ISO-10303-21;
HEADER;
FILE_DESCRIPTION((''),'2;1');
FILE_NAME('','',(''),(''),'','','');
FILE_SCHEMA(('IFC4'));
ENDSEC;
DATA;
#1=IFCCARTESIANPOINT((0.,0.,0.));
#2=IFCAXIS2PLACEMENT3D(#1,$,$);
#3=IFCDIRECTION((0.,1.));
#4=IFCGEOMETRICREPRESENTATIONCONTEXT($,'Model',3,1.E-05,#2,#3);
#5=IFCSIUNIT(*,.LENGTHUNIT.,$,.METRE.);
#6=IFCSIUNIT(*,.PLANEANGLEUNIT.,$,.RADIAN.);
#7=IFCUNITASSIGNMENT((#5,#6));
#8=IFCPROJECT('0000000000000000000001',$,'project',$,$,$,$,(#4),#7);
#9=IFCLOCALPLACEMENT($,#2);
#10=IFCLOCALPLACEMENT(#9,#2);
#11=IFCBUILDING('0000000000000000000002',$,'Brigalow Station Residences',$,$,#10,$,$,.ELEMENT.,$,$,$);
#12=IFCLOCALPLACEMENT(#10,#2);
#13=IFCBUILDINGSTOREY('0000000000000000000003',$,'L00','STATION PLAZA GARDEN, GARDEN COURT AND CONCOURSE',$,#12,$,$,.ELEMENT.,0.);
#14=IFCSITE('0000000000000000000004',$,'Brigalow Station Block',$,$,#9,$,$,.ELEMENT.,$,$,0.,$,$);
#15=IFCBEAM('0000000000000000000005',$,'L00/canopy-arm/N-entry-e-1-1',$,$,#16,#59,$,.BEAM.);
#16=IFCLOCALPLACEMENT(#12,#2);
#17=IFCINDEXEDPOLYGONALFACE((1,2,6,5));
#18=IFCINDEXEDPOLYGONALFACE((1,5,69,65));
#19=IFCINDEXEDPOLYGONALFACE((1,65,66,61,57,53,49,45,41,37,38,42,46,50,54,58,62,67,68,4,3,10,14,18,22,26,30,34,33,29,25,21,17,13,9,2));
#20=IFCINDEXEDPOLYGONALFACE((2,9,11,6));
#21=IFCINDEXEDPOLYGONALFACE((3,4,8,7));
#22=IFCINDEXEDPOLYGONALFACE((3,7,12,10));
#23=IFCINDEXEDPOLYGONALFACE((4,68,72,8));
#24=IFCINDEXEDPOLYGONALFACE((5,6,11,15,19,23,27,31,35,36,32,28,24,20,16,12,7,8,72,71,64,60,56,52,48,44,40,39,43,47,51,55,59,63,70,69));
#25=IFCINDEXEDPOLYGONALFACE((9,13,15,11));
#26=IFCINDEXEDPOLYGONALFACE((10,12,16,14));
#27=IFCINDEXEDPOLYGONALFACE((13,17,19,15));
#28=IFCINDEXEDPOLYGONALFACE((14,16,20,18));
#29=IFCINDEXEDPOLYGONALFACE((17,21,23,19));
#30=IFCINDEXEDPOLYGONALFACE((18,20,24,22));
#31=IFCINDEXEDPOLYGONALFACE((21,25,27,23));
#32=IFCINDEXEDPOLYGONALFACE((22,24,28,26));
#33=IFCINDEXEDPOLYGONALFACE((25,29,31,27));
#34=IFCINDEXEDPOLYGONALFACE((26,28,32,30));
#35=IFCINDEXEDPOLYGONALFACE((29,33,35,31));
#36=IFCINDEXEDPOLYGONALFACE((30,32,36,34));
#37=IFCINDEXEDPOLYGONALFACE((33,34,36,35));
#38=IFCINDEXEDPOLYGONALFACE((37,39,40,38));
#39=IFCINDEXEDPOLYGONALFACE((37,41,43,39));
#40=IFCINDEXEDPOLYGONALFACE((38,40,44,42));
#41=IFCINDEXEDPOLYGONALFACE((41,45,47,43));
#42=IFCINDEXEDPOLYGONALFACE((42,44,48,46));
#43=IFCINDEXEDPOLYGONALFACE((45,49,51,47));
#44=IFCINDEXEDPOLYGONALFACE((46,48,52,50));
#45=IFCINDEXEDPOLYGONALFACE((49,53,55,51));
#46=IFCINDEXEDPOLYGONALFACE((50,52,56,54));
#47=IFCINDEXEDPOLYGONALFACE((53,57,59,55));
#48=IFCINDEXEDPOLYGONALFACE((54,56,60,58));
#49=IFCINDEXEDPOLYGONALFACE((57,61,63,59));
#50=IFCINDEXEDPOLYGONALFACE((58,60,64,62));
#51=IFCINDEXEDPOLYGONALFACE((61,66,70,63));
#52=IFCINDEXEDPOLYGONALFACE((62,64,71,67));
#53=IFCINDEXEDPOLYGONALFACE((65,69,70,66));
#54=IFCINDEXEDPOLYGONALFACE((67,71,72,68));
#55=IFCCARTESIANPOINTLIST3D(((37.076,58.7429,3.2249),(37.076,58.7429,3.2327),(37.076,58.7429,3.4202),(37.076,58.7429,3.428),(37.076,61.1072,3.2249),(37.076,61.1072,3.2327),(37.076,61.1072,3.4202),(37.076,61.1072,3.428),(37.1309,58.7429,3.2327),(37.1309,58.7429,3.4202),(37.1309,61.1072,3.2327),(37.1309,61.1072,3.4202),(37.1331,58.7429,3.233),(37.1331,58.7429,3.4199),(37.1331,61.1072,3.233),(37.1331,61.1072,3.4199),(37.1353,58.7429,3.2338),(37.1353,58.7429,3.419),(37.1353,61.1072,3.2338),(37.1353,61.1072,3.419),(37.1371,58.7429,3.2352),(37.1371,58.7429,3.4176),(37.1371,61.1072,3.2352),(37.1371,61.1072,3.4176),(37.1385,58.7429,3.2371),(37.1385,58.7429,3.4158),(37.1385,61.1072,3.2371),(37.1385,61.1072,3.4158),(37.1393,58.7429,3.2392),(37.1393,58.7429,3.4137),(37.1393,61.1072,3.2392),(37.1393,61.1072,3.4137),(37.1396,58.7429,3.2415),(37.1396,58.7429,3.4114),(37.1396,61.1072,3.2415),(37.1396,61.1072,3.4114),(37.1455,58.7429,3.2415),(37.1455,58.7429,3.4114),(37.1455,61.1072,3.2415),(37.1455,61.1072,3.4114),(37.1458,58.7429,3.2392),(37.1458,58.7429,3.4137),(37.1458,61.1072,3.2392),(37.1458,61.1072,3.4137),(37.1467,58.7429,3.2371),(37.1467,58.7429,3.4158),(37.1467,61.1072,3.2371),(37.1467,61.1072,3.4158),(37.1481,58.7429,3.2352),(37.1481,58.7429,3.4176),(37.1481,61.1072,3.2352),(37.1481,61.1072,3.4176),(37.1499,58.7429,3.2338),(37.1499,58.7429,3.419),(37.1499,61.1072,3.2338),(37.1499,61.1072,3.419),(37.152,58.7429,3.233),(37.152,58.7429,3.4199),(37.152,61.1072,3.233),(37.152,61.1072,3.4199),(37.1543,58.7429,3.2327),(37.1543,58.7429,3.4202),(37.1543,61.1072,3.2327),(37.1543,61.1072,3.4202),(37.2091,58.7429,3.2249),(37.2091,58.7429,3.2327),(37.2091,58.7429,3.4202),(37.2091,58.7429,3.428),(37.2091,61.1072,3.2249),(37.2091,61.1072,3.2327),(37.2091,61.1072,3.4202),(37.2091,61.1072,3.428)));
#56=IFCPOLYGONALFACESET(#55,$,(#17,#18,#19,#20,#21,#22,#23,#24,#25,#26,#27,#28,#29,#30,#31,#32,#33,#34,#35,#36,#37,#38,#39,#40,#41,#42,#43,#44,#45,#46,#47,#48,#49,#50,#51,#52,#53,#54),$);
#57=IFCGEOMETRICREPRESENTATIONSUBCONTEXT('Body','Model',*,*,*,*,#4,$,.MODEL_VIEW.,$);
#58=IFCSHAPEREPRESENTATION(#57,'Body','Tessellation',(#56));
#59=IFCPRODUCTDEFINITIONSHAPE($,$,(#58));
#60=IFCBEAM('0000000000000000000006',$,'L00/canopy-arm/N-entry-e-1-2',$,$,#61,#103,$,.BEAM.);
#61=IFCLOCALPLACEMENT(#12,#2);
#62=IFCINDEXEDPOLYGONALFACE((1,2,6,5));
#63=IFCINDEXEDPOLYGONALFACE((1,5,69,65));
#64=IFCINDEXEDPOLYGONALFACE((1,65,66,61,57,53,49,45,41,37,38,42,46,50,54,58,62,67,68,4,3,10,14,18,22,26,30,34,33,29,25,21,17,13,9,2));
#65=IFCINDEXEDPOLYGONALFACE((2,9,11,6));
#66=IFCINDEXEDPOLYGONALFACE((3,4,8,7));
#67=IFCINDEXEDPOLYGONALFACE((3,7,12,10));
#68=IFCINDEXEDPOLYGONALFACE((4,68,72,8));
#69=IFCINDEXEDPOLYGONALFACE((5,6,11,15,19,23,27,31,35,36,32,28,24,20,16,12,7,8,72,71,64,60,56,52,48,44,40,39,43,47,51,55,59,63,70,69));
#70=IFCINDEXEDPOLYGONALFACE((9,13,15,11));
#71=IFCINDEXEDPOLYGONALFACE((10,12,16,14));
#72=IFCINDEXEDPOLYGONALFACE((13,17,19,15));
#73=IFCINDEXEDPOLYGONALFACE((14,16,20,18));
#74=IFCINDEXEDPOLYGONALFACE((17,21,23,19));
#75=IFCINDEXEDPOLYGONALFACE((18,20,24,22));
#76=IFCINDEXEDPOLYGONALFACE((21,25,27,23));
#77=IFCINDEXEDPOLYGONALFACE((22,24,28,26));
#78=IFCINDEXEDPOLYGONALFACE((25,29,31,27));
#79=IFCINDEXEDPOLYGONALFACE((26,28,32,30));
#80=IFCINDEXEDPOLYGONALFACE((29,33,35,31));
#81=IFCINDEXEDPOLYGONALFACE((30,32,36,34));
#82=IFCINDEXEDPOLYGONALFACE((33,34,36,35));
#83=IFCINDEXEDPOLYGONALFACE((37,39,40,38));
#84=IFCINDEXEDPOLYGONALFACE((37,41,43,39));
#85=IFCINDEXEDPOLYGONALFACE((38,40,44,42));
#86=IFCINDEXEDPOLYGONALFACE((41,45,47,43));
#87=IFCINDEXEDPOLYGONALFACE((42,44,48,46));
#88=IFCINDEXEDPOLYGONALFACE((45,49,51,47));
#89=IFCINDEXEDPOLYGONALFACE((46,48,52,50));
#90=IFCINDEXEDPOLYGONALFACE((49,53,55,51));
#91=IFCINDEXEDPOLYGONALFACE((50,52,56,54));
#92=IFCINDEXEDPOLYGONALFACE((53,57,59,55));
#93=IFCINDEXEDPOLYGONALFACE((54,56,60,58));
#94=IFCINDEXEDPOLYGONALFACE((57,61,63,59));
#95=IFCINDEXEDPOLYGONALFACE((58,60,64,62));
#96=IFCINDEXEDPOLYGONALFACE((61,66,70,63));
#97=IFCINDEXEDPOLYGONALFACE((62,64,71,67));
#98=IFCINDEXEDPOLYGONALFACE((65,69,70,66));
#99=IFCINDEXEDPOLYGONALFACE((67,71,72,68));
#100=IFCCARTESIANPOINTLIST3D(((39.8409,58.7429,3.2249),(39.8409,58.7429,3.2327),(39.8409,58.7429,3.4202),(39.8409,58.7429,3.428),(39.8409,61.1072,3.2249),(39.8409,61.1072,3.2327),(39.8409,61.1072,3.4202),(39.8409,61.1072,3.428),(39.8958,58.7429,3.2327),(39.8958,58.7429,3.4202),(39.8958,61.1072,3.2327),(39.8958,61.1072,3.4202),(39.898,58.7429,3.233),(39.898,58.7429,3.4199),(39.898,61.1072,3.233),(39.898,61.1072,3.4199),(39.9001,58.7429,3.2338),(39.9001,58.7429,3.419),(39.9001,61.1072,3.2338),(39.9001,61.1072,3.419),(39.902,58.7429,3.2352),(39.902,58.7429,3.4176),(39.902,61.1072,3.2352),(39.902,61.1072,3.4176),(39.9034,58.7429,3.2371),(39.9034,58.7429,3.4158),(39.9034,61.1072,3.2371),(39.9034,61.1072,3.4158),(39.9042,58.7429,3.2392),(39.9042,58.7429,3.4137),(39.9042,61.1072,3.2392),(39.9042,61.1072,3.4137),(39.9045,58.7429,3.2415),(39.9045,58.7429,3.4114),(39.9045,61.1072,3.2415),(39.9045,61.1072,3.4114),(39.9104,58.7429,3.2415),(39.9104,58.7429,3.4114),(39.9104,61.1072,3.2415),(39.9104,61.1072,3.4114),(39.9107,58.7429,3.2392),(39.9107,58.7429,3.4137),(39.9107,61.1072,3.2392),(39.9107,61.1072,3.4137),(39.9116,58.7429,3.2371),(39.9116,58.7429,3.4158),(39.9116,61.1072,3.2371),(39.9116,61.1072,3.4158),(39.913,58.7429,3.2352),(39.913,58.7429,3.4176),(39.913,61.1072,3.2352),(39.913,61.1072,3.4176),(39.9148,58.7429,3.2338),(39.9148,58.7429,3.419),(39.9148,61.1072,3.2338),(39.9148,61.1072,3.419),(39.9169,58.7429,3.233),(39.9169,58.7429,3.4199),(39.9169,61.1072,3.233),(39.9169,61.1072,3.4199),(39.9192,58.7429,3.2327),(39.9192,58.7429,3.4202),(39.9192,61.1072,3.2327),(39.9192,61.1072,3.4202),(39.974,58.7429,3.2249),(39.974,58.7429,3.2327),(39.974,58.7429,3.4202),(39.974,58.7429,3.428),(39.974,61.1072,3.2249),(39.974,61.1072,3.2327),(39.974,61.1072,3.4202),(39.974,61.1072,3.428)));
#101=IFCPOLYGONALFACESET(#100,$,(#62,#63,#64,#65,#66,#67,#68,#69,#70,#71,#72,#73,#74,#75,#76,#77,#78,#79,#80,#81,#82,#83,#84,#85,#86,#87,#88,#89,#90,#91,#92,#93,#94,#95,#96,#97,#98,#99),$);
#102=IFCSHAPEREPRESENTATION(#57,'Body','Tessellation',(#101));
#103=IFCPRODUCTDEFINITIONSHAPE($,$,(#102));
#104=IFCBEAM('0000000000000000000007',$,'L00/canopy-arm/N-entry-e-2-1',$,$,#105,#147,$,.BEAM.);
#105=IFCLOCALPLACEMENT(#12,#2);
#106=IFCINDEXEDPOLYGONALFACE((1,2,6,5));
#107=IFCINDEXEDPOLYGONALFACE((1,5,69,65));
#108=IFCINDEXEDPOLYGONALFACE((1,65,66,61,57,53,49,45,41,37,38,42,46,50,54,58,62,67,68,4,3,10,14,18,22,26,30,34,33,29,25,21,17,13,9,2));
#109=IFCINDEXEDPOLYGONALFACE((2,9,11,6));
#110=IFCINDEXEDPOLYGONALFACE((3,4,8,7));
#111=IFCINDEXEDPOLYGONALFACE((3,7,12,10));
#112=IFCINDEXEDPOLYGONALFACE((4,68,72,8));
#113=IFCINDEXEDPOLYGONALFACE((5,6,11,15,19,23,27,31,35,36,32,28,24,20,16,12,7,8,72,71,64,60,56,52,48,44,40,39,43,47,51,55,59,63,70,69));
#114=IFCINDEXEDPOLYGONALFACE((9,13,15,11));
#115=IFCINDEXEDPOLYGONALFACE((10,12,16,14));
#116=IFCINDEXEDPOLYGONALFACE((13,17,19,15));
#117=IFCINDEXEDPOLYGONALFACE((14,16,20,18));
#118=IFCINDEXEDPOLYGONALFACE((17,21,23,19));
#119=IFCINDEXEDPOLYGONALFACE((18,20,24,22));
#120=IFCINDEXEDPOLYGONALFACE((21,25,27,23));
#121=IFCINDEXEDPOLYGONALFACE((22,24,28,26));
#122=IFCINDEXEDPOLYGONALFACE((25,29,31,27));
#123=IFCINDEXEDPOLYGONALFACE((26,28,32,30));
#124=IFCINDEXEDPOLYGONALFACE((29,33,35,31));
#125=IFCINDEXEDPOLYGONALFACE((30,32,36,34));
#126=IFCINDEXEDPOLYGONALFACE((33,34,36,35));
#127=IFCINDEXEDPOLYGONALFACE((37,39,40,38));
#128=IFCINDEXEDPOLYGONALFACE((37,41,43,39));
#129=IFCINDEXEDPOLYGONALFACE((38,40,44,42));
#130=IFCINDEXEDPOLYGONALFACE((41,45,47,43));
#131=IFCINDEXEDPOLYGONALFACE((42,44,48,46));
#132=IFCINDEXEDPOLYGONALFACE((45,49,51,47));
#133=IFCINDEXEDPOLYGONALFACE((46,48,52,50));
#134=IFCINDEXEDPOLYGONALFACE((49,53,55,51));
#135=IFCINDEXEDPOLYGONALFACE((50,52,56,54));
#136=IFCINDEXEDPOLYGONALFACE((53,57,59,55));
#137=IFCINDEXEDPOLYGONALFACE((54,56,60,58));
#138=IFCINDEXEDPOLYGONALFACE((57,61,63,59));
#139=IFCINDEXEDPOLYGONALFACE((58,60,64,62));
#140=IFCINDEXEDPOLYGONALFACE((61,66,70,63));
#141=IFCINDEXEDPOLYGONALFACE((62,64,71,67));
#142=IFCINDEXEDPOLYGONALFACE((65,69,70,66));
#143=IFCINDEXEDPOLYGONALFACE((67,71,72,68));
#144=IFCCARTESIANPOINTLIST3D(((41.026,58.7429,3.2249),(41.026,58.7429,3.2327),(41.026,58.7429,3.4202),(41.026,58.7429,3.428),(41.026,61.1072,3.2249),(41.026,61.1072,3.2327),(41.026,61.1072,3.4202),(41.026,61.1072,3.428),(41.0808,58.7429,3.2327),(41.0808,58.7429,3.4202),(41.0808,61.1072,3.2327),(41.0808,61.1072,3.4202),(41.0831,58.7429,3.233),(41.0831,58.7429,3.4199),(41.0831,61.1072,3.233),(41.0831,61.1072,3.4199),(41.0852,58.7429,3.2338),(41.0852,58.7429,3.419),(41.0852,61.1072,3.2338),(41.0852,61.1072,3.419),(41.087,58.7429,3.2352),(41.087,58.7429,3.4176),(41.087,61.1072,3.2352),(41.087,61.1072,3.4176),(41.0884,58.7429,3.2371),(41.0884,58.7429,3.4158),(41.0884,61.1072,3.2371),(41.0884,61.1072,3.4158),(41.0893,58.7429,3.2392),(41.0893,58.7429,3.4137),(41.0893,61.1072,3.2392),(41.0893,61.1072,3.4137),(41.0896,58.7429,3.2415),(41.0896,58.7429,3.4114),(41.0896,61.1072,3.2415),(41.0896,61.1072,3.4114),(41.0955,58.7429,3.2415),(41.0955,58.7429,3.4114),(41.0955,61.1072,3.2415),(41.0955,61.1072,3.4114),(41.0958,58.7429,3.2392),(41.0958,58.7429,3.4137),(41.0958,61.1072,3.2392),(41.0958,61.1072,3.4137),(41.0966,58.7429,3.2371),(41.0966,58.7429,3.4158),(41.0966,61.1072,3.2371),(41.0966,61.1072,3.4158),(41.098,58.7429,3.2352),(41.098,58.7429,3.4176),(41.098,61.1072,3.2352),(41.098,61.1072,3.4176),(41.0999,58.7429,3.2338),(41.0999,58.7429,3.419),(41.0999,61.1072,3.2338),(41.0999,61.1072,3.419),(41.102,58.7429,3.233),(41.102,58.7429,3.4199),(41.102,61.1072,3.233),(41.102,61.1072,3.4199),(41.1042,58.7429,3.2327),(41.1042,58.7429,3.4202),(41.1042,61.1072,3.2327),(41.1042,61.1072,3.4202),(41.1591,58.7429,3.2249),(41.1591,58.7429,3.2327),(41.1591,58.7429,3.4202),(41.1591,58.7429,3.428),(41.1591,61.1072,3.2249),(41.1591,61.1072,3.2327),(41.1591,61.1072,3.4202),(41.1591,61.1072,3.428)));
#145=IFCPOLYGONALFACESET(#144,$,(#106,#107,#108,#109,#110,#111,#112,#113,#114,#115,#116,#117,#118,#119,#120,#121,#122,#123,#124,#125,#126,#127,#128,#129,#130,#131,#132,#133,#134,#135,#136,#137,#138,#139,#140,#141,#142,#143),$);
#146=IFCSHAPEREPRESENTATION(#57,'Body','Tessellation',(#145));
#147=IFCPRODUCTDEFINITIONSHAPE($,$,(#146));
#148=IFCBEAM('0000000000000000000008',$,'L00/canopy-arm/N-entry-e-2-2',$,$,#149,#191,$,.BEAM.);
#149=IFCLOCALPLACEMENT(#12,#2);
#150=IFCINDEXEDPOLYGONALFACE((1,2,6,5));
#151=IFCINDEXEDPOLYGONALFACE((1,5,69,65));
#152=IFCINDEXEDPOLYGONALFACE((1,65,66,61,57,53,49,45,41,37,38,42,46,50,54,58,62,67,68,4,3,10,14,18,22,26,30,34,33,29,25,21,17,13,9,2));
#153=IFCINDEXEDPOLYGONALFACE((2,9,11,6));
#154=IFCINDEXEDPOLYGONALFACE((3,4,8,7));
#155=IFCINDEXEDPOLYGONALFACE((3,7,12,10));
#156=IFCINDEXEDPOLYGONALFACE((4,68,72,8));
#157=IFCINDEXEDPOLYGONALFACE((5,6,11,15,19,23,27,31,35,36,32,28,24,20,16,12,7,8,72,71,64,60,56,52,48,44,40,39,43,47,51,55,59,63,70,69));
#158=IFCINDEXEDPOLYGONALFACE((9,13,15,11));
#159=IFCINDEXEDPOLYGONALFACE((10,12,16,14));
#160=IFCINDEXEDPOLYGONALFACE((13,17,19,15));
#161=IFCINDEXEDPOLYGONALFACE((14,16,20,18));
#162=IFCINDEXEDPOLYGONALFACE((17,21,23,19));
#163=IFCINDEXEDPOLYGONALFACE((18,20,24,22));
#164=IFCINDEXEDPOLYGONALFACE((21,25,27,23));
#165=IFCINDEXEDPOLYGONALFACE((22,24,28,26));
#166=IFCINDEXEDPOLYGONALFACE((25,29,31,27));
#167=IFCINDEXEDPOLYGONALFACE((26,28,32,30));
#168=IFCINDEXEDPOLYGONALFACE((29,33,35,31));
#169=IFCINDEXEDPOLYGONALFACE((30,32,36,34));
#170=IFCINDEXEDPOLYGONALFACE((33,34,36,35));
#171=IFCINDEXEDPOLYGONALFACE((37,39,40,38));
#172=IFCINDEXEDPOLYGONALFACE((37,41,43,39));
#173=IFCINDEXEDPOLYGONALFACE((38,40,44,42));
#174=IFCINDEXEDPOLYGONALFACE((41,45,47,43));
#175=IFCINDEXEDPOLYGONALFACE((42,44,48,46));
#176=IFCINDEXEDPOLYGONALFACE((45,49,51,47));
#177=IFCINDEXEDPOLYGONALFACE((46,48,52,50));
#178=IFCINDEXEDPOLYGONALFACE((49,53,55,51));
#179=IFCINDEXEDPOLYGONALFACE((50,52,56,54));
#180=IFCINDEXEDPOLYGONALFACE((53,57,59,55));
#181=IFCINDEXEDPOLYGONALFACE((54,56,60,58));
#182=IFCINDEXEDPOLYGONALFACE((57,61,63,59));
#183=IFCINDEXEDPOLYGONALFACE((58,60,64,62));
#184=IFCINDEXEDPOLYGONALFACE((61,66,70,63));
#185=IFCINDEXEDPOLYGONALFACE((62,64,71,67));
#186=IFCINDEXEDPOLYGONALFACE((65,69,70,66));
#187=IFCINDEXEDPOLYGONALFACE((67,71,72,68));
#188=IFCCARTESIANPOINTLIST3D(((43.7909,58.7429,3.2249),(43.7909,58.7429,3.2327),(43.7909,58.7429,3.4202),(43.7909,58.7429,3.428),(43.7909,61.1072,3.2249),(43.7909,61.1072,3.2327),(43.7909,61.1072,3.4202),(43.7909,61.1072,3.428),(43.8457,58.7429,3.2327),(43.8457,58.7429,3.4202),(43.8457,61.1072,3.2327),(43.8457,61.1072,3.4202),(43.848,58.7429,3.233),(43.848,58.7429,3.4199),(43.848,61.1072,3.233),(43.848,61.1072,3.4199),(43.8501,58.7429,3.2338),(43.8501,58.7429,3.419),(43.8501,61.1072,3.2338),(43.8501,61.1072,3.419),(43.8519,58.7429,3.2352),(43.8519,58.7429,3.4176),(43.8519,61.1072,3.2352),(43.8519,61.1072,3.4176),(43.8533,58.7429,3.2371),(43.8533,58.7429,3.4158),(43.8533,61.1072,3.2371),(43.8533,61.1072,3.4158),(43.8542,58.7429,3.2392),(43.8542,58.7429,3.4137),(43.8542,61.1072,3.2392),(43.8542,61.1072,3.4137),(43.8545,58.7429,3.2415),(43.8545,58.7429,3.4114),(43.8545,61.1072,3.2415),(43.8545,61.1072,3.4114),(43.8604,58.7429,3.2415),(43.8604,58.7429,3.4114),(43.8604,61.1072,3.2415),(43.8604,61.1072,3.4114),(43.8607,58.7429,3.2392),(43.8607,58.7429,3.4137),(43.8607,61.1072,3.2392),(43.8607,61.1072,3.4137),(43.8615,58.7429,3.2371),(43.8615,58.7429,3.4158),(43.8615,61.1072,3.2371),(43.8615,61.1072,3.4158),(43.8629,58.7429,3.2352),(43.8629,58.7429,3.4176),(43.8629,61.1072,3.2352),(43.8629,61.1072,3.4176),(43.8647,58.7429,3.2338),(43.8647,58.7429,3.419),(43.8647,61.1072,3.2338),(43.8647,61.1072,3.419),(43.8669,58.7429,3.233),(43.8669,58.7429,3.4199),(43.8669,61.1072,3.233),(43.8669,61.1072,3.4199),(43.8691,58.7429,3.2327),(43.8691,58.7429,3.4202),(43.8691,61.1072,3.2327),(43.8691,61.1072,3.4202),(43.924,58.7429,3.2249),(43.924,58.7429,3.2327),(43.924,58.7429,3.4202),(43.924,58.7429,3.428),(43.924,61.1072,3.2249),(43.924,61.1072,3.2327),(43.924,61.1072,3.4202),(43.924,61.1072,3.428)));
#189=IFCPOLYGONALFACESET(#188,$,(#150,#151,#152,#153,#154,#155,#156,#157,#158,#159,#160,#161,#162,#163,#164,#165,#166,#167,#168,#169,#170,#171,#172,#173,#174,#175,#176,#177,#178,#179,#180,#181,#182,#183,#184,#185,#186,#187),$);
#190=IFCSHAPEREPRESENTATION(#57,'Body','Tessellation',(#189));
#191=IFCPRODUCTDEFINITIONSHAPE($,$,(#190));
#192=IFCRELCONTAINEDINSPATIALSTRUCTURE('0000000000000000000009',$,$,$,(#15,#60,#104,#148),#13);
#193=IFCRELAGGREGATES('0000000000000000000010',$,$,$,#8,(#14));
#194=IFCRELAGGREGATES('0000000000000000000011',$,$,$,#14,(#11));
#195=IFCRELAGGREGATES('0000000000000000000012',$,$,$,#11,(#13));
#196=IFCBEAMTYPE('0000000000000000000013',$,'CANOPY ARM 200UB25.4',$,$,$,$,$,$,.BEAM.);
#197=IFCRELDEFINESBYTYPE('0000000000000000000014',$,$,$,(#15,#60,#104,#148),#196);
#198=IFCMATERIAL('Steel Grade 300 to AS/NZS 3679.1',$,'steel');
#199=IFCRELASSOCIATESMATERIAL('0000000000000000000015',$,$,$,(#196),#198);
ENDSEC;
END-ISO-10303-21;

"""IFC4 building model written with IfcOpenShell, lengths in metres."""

from ifc_helpers import new_model, si_unit, direction, frame, origin, origin_2d, place, context, subcontext, project, spatial, i_section, extrude, material, material_profile, profile_set, type_object, element, save


model = new_model("IFC4")

# Units and contexts
model_context = context("Model", 3, precision=1e-05, world=origin(), true_north=direction((0.0, 1.0)))
body_context = subcontext(model_context, "Body", "Model", "MODEL_VIEW")
ifc_project = project(units=[si_unit("LENGTHUNIT", "METRE"), si_unit("PLANEANGLEUNIT", "RADIAN")], contexts=[model_context])

# Site, building, storey
site_placement = place(None, origin())
site = spatial("IfcSite", under=ifc_project, at=site_placement, Name="Brigalow Station Block", CompositionType="ELEMENT", RefElevation=0.0)
building_placement = place(site_placement, origin())
building = spatial("IfcBuilding", under=site, at=building_placement, Name="Brigalow Station Residences", CompositionType="ELEMENT")
storey_placement = place(building_placement, origin())
storey = spatial("IfcBuildingStorey", under=building, at=storey_placement, Name="L00", Description="STATION PLAZA GARDEN, GARDEN COURT AND CONCOURSE", CompositionType="ELEMENT", Elevation=0.0)

# Beams
ifc_material_1 = material(Name="Steel Grade 300 to AS/NZS 3679.1", Category="steel")
ifc_material_profile_1 = material_profile(ifc_material_1, i_section(OverallWidth=0.1331, OverallDepth=0.2031, WebThickness=0.0059, FlangeThickness=0.0078, FilletRadius=0.0088, at=origin_2d()), Name="200UB25.4")
ifc_profile_set_1 = profile_set([ifc_material_profile_1], Name="Steel Grade 300 to AS/NZS 3679.1")
beam_type_1 = type_object("IfcBeamType", Name="CANOPY ARM 200UB25.4", PredefinedType="BEAM", material=ifc_profile_set_1)
for number, where, z_axis, x_axis, name in (
    (1, (37.1426, 58.7429, 3.3264), (0.0, 1.0, 0.0), (-1.0, 0.0, 0.0), "L00/canopy-arm/N-entry-e-1-1"),
    (2, (39.9075, 58.7429, 3.3264), (0.0, 1.0, 0.0), (-1.0, 0.0, 0.0), "L00/canopy-arm/N-entry-e-1-2"),
    (3, (41.0925, 58.7429, 3.3264), (0.0, 1.0, 0.0), (-1.0, 0.0, 0.0), "L00/canopy-arm/N-entry-e-2-1"),
    (4, (43.8574, 58.7429, 3.3264), (0.0, 1.0, 0.0), (-1.0, 0.0, 0.0), "L00/canopy-arm/N-entry-e-2-2"),
):
    element("IfcBeam", number, at=place(storey_placement, frame(where, z_axis=z_axis, x_axis=x_axis)), inside=storey, type_object=beam_type_1, Name=name, PredefinedType="BEAM", context=body_context, shape_type="SweptSolid", body=[
        extrude(i_section(OverallWidth=0.1331, OverallDepth=0.2031, WebThickness=0.0059, FlangeThickness=0.0078, FilletRadius=0.0088, at=origin_2d()), origin(), (0.0, 0.0, 1.0), 2.3643),
    ])

save(model, "model.ifc")
